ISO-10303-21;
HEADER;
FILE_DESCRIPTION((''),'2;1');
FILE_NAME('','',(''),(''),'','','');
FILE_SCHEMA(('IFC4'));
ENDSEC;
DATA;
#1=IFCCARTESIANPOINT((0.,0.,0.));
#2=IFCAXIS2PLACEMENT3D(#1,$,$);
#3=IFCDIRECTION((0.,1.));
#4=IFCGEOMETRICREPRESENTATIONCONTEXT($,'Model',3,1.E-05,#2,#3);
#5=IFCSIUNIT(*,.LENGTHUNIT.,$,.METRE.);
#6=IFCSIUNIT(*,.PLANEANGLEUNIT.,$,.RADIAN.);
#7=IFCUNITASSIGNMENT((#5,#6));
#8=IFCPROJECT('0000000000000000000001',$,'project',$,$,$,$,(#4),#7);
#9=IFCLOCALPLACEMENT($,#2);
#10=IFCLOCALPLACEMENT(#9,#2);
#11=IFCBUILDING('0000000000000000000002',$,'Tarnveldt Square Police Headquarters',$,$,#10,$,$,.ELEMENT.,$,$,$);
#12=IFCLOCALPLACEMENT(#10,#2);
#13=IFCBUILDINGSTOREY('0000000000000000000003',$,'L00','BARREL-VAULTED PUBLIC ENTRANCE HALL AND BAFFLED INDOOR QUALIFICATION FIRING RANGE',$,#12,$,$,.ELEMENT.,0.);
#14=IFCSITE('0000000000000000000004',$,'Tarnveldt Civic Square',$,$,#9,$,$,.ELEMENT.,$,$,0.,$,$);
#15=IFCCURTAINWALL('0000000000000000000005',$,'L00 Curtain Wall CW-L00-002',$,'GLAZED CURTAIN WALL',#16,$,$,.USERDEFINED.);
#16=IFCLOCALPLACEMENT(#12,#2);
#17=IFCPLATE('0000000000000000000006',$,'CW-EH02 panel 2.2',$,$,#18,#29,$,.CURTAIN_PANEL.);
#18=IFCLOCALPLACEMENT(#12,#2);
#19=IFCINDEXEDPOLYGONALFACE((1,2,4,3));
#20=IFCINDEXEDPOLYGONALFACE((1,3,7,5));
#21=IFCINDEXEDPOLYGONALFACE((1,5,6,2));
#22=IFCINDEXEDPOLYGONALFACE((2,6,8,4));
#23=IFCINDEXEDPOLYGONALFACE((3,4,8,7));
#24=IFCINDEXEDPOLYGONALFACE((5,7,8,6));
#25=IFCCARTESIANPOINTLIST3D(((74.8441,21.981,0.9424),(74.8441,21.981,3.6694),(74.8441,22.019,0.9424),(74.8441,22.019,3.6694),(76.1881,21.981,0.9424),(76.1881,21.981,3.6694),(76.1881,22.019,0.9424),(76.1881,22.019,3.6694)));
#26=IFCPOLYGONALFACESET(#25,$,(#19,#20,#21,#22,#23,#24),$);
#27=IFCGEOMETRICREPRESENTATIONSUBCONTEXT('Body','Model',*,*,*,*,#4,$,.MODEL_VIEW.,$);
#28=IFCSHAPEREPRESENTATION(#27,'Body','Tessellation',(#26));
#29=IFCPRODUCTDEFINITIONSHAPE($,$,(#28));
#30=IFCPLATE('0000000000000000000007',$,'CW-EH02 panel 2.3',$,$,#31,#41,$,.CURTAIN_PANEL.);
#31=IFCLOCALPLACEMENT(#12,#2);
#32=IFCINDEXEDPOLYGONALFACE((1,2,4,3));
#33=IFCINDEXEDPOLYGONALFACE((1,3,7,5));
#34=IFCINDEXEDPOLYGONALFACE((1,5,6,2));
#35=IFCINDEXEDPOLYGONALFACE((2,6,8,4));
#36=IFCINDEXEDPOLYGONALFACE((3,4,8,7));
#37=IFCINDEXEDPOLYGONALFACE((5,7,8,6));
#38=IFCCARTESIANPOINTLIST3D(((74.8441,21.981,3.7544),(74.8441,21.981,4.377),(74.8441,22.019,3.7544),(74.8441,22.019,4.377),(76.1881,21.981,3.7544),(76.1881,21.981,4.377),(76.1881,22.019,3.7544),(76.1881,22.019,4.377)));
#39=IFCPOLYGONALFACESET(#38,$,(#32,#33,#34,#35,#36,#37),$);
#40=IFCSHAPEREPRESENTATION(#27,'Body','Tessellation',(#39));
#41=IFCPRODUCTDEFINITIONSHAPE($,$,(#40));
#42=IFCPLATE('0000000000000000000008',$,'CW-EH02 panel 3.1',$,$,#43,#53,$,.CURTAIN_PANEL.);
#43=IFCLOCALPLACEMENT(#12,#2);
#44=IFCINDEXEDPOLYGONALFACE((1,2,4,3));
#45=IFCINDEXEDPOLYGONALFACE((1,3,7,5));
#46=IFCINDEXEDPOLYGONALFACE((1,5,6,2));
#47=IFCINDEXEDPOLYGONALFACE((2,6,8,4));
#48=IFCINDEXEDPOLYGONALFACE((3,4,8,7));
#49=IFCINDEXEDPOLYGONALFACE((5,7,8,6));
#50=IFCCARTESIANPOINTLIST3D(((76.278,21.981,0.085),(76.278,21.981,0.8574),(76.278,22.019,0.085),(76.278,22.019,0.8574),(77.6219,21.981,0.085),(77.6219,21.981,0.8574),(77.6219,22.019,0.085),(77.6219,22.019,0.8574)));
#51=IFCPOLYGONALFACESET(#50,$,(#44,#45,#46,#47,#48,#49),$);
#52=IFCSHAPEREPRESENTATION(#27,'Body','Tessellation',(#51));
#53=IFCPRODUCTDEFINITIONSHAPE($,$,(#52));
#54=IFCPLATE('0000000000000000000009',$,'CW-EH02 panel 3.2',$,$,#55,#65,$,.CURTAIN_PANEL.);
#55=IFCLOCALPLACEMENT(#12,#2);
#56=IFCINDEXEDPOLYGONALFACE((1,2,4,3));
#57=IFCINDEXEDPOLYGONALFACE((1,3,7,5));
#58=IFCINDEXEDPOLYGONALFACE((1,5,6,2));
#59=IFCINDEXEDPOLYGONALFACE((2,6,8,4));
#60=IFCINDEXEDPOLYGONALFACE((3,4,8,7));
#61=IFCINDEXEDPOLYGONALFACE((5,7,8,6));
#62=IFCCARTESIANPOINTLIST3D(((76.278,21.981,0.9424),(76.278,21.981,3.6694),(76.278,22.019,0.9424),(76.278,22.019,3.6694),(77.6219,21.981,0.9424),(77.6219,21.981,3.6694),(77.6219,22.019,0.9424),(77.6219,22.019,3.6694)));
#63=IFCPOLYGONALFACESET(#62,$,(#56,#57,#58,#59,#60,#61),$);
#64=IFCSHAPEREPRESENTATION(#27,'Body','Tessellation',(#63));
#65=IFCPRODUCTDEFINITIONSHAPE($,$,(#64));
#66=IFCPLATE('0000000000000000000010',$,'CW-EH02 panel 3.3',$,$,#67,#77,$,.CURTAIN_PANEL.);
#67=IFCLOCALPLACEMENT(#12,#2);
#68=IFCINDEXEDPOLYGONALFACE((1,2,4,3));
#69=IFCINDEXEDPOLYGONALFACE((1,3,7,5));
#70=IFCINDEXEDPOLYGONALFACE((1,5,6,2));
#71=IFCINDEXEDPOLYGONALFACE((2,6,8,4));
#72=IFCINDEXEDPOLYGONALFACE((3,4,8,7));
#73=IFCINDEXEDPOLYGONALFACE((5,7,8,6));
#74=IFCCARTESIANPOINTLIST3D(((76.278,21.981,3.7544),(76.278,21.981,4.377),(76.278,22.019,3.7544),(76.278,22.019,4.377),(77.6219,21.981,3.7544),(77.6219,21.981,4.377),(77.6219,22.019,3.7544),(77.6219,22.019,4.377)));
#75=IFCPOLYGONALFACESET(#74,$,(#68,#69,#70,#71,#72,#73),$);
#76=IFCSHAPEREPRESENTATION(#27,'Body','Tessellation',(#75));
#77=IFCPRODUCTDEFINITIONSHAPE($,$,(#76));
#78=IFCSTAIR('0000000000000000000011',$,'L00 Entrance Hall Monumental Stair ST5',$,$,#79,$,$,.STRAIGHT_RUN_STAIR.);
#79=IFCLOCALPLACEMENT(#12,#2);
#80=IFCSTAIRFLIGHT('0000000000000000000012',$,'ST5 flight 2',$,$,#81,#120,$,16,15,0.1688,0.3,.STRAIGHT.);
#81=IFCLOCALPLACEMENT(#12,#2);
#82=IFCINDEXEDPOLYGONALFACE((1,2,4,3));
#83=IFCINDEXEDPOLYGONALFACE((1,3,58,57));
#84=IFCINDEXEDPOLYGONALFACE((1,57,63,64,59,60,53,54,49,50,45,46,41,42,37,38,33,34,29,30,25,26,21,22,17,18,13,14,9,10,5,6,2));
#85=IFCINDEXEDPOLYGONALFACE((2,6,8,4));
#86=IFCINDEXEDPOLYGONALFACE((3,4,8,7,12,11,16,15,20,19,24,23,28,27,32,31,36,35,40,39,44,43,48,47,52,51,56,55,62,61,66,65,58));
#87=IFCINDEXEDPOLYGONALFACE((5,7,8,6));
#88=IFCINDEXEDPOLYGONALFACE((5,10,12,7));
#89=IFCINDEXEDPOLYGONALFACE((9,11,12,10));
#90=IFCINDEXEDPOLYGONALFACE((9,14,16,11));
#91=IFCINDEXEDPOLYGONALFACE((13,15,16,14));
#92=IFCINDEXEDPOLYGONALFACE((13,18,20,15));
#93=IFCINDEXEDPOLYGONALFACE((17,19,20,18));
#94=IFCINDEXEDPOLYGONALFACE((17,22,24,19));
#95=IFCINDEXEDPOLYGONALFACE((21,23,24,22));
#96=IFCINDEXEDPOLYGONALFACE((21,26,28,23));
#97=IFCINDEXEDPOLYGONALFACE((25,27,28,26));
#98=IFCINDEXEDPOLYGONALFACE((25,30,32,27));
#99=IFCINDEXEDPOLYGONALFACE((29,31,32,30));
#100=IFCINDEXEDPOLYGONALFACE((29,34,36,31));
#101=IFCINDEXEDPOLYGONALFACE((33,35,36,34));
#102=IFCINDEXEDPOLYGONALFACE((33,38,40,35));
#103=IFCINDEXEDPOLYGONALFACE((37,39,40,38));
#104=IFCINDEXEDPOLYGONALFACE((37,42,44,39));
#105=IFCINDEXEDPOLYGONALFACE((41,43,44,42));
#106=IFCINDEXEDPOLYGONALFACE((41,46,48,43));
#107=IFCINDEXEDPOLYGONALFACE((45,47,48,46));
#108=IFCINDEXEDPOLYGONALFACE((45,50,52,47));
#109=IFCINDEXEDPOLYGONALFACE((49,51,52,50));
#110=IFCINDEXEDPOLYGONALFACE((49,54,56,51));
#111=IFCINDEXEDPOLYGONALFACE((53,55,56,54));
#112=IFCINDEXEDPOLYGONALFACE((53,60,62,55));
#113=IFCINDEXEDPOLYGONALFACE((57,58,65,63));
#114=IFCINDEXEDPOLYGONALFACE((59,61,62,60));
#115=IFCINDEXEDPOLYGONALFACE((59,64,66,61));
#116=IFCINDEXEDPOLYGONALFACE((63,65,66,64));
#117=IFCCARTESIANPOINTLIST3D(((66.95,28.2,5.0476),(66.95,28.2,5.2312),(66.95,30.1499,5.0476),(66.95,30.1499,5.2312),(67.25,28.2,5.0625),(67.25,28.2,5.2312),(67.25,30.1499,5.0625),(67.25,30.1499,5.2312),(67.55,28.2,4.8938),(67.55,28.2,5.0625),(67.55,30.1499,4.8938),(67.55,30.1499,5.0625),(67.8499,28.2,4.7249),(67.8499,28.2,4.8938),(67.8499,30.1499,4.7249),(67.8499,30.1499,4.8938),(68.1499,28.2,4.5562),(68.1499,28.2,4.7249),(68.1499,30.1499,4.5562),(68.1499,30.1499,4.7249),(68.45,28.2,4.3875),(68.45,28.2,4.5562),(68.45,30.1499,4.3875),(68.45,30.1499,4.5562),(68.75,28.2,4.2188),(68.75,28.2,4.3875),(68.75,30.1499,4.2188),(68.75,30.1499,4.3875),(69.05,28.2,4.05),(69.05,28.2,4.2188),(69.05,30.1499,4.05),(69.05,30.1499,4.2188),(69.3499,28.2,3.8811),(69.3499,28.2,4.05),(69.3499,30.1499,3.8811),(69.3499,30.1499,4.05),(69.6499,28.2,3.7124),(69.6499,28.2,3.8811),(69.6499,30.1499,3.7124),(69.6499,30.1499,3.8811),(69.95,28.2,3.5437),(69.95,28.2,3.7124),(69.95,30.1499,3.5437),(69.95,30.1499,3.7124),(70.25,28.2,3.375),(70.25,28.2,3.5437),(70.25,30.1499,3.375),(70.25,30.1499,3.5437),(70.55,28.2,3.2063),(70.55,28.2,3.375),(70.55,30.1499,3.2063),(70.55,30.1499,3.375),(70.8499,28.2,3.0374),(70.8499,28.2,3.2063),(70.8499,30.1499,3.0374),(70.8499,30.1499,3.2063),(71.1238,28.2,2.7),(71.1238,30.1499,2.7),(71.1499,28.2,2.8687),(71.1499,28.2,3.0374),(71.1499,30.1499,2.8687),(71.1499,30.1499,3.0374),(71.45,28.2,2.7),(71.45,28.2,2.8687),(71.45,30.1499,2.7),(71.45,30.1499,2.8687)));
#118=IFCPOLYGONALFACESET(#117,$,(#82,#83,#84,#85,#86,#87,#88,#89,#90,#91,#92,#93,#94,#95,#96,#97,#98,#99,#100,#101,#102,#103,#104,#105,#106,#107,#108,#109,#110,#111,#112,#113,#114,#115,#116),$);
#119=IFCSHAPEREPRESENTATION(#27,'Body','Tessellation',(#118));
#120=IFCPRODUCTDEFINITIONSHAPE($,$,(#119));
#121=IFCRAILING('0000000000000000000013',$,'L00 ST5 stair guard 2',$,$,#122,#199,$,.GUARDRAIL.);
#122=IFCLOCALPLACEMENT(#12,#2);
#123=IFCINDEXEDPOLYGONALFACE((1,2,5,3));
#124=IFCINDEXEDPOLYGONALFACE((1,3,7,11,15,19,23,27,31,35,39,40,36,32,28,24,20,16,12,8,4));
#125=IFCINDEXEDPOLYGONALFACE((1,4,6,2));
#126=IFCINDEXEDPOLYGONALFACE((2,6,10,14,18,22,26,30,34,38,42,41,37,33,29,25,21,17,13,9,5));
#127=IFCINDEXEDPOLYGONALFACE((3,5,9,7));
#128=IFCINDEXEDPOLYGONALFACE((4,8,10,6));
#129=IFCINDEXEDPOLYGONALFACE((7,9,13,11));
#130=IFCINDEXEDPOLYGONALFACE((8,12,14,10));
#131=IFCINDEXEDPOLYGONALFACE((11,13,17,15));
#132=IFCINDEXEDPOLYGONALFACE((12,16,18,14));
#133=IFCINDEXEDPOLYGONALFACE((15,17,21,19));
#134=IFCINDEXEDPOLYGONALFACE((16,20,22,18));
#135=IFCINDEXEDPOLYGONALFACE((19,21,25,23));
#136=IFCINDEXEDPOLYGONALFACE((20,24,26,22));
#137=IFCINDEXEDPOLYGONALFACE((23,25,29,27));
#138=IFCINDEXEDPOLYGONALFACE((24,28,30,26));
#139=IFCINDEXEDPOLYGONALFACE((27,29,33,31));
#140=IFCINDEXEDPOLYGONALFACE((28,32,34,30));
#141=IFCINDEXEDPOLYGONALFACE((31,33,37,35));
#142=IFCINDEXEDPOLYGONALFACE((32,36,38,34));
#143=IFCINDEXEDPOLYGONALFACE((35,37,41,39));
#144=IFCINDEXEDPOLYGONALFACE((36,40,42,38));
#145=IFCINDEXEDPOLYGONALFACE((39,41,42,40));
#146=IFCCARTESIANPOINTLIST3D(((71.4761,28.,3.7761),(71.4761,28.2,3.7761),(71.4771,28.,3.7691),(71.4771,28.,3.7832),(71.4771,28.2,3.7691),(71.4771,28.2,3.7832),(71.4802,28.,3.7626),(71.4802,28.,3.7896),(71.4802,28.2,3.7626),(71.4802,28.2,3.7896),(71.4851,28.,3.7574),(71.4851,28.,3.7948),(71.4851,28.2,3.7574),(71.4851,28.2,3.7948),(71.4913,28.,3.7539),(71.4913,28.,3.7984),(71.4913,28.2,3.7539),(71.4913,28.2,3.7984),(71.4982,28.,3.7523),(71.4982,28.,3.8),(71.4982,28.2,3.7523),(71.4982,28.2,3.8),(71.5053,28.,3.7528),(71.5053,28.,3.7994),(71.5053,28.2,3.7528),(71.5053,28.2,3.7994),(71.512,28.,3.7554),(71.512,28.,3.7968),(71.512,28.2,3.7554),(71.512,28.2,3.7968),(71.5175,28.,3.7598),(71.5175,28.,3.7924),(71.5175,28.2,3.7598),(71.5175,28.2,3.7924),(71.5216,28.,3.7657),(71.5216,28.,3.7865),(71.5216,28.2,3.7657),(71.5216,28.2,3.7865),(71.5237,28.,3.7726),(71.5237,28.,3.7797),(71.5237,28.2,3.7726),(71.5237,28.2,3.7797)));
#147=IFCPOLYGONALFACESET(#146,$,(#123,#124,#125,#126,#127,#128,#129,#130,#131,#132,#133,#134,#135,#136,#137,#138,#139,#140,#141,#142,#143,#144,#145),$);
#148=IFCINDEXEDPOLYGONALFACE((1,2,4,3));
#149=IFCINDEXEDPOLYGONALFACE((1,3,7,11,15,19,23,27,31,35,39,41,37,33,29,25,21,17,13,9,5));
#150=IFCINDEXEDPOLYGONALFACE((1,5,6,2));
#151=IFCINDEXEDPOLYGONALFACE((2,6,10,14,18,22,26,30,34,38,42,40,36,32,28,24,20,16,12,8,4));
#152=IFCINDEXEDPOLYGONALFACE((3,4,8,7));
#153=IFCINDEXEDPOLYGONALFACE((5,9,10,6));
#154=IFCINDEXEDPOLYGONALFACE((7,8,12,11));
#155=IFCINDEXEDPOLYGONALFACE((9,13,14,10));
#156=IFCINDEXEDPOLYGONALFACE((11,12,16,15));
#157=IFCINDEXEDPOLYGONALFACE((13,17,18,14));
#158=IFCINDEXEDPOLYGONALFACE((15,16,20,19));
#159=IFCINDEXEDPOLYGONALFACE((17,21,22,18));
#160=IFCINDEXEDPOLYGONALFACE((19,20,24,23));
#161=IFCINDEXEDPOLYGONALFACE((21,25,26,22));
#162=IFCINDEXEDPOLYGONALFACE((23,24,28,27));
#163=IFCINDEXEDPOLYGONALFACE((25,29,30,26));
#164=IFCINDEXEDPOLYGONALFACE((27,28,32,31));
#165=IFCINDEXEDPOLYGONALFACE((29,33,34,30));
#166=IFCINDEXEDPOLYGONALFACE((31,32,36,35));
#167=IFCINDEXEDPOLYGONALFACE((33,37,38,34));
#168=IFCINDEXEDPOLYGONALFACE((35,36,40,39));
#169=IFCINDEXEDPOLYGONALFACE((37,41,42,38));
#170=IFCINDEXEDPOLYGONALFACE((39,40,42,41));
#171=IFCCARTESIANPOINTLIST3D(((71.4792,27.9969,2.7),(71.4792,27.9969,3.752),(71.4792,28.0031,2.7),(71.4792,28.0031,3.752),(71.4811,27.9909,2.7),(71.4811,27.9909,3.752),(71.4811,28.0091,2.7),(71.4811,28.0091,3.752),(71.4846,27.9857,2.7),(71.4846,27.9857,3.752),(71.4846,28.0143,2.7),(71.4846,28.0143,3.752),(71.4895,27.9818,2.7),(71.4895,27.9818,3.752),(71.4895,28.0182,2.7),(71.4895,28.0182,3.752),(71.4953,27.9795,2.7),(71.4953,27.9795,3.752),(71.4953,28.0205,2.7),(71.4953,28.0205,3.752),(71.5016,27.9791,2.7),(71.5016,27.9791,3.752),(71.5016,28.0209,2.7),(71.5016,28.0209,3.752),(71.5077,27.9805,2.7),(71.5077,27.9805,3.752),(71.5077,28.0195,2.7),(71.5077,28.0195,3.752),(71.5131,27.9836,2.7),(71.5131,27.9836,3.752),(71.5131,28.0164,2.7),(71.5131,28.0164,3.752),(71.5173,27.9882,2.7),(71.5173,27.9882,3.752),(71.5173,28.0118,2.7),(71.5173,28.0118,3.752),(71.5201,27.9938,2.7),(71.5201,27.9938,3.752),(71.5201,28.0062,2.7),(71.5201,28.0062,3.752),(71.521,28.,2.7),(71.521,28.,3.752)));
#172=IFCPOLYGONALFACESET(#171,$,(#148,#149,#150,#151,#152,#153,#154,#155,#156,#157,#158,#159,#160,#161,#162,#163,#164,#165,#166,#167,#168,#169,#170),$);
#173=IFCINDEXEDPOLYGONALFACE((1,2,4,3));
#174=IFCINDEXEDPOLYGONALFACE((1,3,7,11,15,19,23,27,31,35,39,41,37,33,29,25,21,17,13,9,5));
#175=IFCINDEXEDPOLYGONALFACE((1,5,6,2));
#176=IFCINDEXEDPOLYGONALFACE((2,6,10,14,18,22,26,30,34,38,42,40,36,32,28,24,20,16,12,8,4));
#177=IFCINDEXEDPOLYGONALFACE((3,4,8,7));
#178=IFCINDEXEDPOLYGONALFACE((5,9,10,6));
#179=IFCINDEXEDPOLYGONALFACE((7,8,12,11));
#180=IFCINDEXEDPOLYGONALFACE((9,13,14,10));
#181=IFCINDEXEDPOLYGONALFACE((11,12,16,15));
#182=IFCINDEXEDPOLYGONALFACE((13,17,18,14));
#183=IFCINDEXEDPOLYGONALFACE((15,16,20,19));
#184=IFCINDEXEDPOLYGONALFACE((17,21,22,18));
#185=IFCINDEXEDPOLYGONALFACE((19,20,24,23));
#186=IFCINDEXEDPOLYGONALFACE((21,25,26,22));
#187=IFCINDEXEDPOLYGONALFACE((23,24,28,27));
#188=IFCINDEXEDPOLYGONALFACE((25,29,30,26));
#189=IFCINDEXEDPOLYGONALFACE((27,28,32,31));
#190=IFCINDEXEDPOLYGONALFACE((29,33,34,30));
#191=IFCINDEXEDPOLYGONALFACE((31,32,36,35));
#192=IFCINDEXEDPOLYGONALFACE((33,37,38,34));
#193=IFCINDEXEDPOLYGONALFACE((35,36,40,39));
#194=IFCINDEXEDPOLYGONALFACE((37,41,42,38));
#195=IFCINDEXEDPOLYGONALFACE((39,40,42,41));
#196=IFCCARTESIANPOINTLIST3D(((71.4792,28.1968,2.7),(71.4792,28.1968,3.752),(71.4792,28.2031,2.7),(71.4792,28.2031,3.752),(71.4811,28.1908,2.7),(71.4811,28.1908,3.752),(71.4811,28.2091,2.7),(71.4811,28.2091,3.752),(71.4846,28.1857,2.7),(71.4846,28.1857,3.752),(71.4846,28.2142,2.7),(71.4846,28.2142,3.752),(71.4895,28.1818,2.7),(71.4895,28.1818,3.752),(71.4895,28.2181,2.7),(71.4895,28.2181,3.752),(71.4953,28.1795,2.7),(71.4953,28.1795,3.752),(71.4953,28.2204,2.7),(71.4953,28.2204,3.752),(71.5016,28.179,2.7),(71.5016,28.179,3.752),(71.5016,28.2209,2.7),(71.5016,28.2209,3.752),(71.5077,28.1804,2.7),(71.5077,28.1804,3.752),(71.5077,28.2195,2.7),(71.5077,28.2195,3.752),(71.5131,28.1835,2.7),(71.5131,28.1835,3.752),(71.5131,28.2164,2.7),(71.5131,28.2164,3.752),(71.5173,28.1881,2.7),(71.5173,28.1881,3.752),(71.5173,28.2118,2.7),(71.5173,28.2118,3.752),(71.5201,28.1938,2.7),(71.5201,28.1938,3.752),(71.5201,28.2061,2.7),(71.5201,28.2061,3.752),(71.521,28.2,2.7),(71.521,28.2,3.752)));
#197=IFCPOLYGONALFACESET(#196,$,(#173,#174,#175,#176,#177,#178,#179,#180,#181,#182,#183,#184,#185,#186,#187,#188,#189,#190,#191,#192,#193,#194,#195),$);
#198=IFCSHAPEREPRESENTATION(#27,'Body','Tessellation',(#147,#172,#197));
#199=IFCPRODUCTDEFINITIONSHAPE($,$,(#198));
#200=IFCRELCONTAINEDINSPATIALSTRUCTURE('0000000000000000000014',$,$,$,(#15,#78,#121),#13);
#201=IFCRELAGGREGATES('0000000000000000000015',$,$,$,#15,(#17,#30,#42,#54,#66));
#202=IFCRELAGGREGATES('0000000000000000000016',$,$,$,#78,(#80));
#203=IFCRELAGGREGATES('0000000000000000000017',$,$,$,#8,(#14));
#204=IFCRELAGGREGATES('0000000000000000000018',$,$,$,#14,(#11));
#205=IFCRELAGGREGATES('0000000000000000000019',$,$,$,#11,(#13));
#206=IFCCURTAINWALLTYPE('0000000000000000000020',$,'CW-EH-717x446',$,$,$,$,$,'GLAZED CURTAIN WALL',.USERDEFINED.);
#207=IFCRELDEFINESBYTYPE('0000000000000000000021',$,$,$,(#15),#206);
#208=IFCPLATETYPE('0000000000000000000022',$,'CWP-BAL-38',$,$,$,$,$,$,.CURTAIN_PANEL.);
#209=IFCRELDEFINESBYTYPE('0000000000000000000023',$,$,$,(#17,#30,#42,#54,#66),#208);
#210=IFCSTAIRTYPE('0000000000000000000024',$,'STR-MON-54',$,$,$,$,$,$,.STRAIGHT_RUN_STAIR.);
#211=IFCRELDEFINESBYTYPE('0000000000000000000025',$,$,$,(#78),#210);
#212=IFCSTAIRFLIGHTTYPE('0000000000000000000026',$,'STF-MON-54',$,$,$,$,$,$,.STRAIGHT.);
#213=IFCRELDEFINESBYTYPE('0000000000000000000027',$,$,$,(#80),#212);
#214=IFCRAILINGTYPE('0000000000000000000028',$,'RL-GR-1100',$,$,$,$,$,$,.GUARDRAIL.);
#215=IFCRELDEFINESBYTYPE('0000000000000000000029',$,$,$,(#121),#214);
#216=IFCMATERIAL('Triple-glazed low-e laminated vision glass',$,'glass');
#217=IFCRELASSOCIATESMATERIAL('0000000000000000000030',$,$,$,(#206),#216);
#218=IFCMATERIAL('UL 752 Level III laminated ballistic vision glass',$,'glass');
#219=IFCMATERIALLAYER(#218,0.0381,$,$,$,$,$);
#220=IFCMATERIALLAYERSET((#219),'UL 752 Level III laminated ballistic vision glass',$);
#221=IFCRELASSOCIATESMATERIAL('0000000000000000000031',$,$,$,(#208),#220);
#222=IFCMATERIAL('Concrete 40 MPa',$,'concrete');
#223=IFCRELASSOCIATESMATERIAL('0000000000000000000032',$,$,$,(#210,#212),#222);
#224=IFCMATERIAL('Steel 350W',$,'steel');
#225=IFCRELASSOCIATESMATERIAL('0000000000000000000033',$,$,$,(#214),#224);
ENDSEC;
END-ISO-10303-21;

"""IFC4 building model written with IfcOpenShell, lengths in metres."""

from ifc_helpers import new_model, si_unit, direction, frame, origin, origin_2d, place, context, subcontext, project, spatial, polyline, rectangle, circle, outline, extrude, material, layer, layer_set, type_object, element, aggregate, save


model = new_model("IFC4")

# Units and contexts
model_context = context("Model", 3, precision=1e-05, world=origin(), true_north=direction((0.0, 1.0)))
body_context = subcontext(model_context, "Body", "Model", "MODEL_VIEW")
ifc_project = project(units=[si_unit("LENGTHUNIT", "METRE"), si_unit("PLANEANGLEUNIT", "RADIAN")], contexts=[model_context])

# Site, building, storey
site_placement = place(None, origin())
site = spatial("IfcSite", under=ifc_project, at=site_placement, Name="Tarnveldt Civic Square", CompositionType="ELEMENT", RefElevation=0.0)
building_placement = place(site_placement, origin())
building = spatial("IfcBuilding", under=site, at=building_placement, Name="Tarnveldt Square Police Headquarters", CompositionType="ELEMENT")
storey_placement = place(building_placement, origin())
storey = spatial("IfcBuildingStorey", under=building, at=storey_placement, Name="L00", Description="BARREL-VAULTED PUBLIC ENTRANCE HALL AND BAFFLED INDOOR QUALIFICATION FIRING RANGE", CompositionType="ELEMENT", Elevation=0.0)

# Shared definitions
ifc_material_1 = material(Name="Steel 350W", Category="steel")

# Shared definitions
ifc_material_2 = material(Name="Triple-glazed low-e laminated vision glass", Category="glass")

# Curtain wall
curtain_wall_type_1 = type_object("IfcCurtainWallType", Name="CW-EH-717x446", ElementType="GLAZED CURTAIN WALL", PredefinedType="USERDEFINED", material=ifc_material_2)
curtain_wall_1_placement = place(storey_placement, origin())
curtain_wall_1 = element("IfcCurtainWall", 1, at=curtain_wall_1_placement, inside=storey, type_object=curtain_wall_type_1, Name="L00 Curtain Wall CW-L00-002", ObjectType="GLAZED CURTAIN WALL", PredefinedType="USERDEFINED")

# Plates
ifc_material_3 = material(Name="UL 752 Level III laminated ballistic vision glass", Category="glass")
ifc_layer = layer(ifc_material_3, 0.0381)
ifc_layer_set = layer_set([ifc_layer], Name="UL 752 Level III laminated ballistic vision glass")
plate_type = type_object("IfcPlateType", Name="CWP-BAL-38", PredefinedType="CURTAIN_PANEL", material=ifc_layer_set)
plate_1_placement = place(storey_placement, frame((75.5161, 22.0, 0.9424), z_axis=(0.0, 0.0, 1.0), x_axis=(1.0, 0.0, 0.0)))
plate_1 = element("IfcPlate", 2, at=plate_1_placement, type_object=plate_type, Name="CW-EH02 panel 2.2", PredefinedType="CURTAIN_PANEL", context=body_context, shape_type="SweptSolid", body=[
    extrude(rectangle(XDim=1.344, YDim=0.0381, at=origin_2d()), origin(), (0.0, 0.0, 1.0), 2.7271),
])
plate_2_placement = place(storey_placement, frame((75.5161, 22.0, 3.7544), z_axis=(0.0, 0.0, 1.0), x_axis=(1.0, 0.0, 0.0)))
plate_2 = element("IfcPlate", 3, at=plate_2_placement, type_object=plate_type, Name="CW-EH02 panel 2.3", PredefinedType="CURTAIN_PANEL", context=body_context, shape_type="SweptSolid", body=[
    extrude(rectangle(XDim=1.344, YDim=0.0381, at=origin_2d()), origin(), (0.0, 0.0, 1.0), 0.6226),
])
plate_3_placement = place(storey_placement, frame((76.95, 22.0, 0.085), z_axis=(0.0, 0.0, 1.0), x_axis=(1.0, 0.0, 0.0)))
plate_3 = element("IfcPlate", 4, at=plate_3_placement, type_object=plate_type, Name="CW-EH02 panel 3.1", PredefinedType="CURTAIN_PANEL", context=body_context, shape_type="SweptSolid", body=[
    extrude(rectangle(XDim=1.344, YDim=0.0381, at=origin_2d()), origin(), (0.0, 0.0, 1.0), 0.7725),
])
plate_4_placement = place(storey_placement, frame((76.95, 22.0, 0.9424), z_axis=(0.0, 0.0, 1.0), x_axis=(1.0, 0.0, 0.0)))
plate_4 = element("IfcPlate", 5, at=plate_4_placement, type_object=plate_type, Name="CW-EH02 panel 3.2", PredefinedType="CURTAIN_PANEL", context=body_context, shape_type="SweptSolid", body=[
    extrude(rectangle(XDim=1.344, YDim=0.0381, at=origin_2d()), origin(), (0.0, 0.0, 1.0), 2.7271),
])
plate_5_placement = place(storey_placement, frame((76.95, 22.0, 3.7544), z_axis=(0.0, 0.0, 1.0), x_axis=(1.0, 0.0, 0.0)))
plate_5 = element("IfcPlate", 6, at=plate_5_placement, type_object=plate_type, Name="CW-EH02 panel 3.3", PredefinedType="CURTAIN_PANEL", context=body_context, shape_type="SweptSolid", body=[
    extrude(rectangle(XDim=1.344, YDim=0.0381, at=origin_2d()), origin(), (0.0, 0.0, 1.0), 0.6226),
])
aggregate(curtain_wall_1, [plate_1, plate_2, plate_3, plate_4, plate_5])

# Stair, stair flight
ifc_material_4 = material(Name="Concrete 40 MPa", Category="concrete")
stair_type = type_object("IfcStairType", Name="STR-MON-54", PredefinedType="STRAIGHT_RUN_STAIR", material=ifc_material_4)
stair_placement = place(storey_placement, origin())
stair = element("IfcStair", 7, at=stair_placement, inside=storey, type_object=stair_type, Name="L00 Entrance Hall Monumental Stair ST5", PredefinedType="STRAIGHT_RUN_STAIR")
stair_flight_type = type_object("IfcStairFlightType", Name="STF-MON-54", PredefinedType="STRAIGHT", material=ifc_material_4)
stair_flight_placement = place(storey_placement, frame((71.45, 29.175, 2.7), z_axis=(0.0, 0.0, 1.0), x_axis=(-1.0, 0.0, 0.0)))
stair_flight = element("IfcStairFlight", 8, at=stair_flight_placement, type_object=stair_flight_type, Name="ST5 flight 2", NumberOfRisers=16, NumberOfTreads=15, PredefinedType="STRAIGHT", RiserHeight=0.1688, TreadLength=0.3, context=body_context, shape_type="SweptSolid", body=[
    extrude(outline(polyline([(0.0, 0.0), (0.0, 0.1687), (0.3, 0.1687), (0.3, 0.3374), (0.6001, 0.3374), (0.6001, 0.5063), (0.8999, 0.5063), (0.8999, 0.675), (1.2, 0.675), (1.2, 0.8438), (1.5, 0.8438), (1.5, 1.0125), (1.8, 1.0125), (1.8, 1.1812), (2.1001, 1.1812), (2.1001, 1.3501), (2.3999, 1.3501), (2.3999, 1.5188), (2.7, 1.5188), (2.7, 1.6875), (3.0, 1.6875), (3.0, 1.8562), (3.3, 1.8562), (3.3, 2.0249), (3.6001, 2.0249), (3.6001, 2.1938), (3.8999, 2.1938), (3.8999, 2.3625), (4.2, 2.3625), (4.2, 2.5312), (4.5, 2.5312), (4.5, 2.7), (4.5, 2.3477), (0.3262, 0.0), (0.0, 0.0)])), frame((0.0, 0.9751, 0.0), z_axis=(0.0, -1.0, 0.0), x_axis=(1.0, 0.0, 0.0)), (0.0, 0.0, 1.0), 1.95),
])
aggregate(stair, [stair_flight])

# Railing
railing_type_1 = type_object("IfcRailingType", Name="RL-GR-1100", PredefinedType="GUARDRAIL", material=ifc_material_1)
railing_1_placement = place(storey_placement, frame((71.5, 28.0, 2.7)))
element("IfcRailing", 9, at=railing_1_placement, inside=storey, type_object=railing_type_1, Name="L00 ST5 stair guard 2", PredefinedType="GUARDRAIL", context=body_context, shape_type="SweptSolid", body=[
    extrude(circle(Radius=0.0239, at=origin_2d()), frame((0.0, 0.0, 1.0762), z_axis=(0.0, 1.0, 0.0), x_axis=(-1.0, 0.0, 0.0)), (0.0, 0.0, 1.0), 0.2),
    extrude(circle(Radius=0.021, at=origin_2d()), origin(), (0.0, 0.0, 1.0), 1.052),
    extrude(circle(Radius=0.021, at=origin_2d()), frame((0.0, 0.2, 0.0)), (0.0, 0.0, 1.0), 1.052),
])

save(model, "model.ifc")
